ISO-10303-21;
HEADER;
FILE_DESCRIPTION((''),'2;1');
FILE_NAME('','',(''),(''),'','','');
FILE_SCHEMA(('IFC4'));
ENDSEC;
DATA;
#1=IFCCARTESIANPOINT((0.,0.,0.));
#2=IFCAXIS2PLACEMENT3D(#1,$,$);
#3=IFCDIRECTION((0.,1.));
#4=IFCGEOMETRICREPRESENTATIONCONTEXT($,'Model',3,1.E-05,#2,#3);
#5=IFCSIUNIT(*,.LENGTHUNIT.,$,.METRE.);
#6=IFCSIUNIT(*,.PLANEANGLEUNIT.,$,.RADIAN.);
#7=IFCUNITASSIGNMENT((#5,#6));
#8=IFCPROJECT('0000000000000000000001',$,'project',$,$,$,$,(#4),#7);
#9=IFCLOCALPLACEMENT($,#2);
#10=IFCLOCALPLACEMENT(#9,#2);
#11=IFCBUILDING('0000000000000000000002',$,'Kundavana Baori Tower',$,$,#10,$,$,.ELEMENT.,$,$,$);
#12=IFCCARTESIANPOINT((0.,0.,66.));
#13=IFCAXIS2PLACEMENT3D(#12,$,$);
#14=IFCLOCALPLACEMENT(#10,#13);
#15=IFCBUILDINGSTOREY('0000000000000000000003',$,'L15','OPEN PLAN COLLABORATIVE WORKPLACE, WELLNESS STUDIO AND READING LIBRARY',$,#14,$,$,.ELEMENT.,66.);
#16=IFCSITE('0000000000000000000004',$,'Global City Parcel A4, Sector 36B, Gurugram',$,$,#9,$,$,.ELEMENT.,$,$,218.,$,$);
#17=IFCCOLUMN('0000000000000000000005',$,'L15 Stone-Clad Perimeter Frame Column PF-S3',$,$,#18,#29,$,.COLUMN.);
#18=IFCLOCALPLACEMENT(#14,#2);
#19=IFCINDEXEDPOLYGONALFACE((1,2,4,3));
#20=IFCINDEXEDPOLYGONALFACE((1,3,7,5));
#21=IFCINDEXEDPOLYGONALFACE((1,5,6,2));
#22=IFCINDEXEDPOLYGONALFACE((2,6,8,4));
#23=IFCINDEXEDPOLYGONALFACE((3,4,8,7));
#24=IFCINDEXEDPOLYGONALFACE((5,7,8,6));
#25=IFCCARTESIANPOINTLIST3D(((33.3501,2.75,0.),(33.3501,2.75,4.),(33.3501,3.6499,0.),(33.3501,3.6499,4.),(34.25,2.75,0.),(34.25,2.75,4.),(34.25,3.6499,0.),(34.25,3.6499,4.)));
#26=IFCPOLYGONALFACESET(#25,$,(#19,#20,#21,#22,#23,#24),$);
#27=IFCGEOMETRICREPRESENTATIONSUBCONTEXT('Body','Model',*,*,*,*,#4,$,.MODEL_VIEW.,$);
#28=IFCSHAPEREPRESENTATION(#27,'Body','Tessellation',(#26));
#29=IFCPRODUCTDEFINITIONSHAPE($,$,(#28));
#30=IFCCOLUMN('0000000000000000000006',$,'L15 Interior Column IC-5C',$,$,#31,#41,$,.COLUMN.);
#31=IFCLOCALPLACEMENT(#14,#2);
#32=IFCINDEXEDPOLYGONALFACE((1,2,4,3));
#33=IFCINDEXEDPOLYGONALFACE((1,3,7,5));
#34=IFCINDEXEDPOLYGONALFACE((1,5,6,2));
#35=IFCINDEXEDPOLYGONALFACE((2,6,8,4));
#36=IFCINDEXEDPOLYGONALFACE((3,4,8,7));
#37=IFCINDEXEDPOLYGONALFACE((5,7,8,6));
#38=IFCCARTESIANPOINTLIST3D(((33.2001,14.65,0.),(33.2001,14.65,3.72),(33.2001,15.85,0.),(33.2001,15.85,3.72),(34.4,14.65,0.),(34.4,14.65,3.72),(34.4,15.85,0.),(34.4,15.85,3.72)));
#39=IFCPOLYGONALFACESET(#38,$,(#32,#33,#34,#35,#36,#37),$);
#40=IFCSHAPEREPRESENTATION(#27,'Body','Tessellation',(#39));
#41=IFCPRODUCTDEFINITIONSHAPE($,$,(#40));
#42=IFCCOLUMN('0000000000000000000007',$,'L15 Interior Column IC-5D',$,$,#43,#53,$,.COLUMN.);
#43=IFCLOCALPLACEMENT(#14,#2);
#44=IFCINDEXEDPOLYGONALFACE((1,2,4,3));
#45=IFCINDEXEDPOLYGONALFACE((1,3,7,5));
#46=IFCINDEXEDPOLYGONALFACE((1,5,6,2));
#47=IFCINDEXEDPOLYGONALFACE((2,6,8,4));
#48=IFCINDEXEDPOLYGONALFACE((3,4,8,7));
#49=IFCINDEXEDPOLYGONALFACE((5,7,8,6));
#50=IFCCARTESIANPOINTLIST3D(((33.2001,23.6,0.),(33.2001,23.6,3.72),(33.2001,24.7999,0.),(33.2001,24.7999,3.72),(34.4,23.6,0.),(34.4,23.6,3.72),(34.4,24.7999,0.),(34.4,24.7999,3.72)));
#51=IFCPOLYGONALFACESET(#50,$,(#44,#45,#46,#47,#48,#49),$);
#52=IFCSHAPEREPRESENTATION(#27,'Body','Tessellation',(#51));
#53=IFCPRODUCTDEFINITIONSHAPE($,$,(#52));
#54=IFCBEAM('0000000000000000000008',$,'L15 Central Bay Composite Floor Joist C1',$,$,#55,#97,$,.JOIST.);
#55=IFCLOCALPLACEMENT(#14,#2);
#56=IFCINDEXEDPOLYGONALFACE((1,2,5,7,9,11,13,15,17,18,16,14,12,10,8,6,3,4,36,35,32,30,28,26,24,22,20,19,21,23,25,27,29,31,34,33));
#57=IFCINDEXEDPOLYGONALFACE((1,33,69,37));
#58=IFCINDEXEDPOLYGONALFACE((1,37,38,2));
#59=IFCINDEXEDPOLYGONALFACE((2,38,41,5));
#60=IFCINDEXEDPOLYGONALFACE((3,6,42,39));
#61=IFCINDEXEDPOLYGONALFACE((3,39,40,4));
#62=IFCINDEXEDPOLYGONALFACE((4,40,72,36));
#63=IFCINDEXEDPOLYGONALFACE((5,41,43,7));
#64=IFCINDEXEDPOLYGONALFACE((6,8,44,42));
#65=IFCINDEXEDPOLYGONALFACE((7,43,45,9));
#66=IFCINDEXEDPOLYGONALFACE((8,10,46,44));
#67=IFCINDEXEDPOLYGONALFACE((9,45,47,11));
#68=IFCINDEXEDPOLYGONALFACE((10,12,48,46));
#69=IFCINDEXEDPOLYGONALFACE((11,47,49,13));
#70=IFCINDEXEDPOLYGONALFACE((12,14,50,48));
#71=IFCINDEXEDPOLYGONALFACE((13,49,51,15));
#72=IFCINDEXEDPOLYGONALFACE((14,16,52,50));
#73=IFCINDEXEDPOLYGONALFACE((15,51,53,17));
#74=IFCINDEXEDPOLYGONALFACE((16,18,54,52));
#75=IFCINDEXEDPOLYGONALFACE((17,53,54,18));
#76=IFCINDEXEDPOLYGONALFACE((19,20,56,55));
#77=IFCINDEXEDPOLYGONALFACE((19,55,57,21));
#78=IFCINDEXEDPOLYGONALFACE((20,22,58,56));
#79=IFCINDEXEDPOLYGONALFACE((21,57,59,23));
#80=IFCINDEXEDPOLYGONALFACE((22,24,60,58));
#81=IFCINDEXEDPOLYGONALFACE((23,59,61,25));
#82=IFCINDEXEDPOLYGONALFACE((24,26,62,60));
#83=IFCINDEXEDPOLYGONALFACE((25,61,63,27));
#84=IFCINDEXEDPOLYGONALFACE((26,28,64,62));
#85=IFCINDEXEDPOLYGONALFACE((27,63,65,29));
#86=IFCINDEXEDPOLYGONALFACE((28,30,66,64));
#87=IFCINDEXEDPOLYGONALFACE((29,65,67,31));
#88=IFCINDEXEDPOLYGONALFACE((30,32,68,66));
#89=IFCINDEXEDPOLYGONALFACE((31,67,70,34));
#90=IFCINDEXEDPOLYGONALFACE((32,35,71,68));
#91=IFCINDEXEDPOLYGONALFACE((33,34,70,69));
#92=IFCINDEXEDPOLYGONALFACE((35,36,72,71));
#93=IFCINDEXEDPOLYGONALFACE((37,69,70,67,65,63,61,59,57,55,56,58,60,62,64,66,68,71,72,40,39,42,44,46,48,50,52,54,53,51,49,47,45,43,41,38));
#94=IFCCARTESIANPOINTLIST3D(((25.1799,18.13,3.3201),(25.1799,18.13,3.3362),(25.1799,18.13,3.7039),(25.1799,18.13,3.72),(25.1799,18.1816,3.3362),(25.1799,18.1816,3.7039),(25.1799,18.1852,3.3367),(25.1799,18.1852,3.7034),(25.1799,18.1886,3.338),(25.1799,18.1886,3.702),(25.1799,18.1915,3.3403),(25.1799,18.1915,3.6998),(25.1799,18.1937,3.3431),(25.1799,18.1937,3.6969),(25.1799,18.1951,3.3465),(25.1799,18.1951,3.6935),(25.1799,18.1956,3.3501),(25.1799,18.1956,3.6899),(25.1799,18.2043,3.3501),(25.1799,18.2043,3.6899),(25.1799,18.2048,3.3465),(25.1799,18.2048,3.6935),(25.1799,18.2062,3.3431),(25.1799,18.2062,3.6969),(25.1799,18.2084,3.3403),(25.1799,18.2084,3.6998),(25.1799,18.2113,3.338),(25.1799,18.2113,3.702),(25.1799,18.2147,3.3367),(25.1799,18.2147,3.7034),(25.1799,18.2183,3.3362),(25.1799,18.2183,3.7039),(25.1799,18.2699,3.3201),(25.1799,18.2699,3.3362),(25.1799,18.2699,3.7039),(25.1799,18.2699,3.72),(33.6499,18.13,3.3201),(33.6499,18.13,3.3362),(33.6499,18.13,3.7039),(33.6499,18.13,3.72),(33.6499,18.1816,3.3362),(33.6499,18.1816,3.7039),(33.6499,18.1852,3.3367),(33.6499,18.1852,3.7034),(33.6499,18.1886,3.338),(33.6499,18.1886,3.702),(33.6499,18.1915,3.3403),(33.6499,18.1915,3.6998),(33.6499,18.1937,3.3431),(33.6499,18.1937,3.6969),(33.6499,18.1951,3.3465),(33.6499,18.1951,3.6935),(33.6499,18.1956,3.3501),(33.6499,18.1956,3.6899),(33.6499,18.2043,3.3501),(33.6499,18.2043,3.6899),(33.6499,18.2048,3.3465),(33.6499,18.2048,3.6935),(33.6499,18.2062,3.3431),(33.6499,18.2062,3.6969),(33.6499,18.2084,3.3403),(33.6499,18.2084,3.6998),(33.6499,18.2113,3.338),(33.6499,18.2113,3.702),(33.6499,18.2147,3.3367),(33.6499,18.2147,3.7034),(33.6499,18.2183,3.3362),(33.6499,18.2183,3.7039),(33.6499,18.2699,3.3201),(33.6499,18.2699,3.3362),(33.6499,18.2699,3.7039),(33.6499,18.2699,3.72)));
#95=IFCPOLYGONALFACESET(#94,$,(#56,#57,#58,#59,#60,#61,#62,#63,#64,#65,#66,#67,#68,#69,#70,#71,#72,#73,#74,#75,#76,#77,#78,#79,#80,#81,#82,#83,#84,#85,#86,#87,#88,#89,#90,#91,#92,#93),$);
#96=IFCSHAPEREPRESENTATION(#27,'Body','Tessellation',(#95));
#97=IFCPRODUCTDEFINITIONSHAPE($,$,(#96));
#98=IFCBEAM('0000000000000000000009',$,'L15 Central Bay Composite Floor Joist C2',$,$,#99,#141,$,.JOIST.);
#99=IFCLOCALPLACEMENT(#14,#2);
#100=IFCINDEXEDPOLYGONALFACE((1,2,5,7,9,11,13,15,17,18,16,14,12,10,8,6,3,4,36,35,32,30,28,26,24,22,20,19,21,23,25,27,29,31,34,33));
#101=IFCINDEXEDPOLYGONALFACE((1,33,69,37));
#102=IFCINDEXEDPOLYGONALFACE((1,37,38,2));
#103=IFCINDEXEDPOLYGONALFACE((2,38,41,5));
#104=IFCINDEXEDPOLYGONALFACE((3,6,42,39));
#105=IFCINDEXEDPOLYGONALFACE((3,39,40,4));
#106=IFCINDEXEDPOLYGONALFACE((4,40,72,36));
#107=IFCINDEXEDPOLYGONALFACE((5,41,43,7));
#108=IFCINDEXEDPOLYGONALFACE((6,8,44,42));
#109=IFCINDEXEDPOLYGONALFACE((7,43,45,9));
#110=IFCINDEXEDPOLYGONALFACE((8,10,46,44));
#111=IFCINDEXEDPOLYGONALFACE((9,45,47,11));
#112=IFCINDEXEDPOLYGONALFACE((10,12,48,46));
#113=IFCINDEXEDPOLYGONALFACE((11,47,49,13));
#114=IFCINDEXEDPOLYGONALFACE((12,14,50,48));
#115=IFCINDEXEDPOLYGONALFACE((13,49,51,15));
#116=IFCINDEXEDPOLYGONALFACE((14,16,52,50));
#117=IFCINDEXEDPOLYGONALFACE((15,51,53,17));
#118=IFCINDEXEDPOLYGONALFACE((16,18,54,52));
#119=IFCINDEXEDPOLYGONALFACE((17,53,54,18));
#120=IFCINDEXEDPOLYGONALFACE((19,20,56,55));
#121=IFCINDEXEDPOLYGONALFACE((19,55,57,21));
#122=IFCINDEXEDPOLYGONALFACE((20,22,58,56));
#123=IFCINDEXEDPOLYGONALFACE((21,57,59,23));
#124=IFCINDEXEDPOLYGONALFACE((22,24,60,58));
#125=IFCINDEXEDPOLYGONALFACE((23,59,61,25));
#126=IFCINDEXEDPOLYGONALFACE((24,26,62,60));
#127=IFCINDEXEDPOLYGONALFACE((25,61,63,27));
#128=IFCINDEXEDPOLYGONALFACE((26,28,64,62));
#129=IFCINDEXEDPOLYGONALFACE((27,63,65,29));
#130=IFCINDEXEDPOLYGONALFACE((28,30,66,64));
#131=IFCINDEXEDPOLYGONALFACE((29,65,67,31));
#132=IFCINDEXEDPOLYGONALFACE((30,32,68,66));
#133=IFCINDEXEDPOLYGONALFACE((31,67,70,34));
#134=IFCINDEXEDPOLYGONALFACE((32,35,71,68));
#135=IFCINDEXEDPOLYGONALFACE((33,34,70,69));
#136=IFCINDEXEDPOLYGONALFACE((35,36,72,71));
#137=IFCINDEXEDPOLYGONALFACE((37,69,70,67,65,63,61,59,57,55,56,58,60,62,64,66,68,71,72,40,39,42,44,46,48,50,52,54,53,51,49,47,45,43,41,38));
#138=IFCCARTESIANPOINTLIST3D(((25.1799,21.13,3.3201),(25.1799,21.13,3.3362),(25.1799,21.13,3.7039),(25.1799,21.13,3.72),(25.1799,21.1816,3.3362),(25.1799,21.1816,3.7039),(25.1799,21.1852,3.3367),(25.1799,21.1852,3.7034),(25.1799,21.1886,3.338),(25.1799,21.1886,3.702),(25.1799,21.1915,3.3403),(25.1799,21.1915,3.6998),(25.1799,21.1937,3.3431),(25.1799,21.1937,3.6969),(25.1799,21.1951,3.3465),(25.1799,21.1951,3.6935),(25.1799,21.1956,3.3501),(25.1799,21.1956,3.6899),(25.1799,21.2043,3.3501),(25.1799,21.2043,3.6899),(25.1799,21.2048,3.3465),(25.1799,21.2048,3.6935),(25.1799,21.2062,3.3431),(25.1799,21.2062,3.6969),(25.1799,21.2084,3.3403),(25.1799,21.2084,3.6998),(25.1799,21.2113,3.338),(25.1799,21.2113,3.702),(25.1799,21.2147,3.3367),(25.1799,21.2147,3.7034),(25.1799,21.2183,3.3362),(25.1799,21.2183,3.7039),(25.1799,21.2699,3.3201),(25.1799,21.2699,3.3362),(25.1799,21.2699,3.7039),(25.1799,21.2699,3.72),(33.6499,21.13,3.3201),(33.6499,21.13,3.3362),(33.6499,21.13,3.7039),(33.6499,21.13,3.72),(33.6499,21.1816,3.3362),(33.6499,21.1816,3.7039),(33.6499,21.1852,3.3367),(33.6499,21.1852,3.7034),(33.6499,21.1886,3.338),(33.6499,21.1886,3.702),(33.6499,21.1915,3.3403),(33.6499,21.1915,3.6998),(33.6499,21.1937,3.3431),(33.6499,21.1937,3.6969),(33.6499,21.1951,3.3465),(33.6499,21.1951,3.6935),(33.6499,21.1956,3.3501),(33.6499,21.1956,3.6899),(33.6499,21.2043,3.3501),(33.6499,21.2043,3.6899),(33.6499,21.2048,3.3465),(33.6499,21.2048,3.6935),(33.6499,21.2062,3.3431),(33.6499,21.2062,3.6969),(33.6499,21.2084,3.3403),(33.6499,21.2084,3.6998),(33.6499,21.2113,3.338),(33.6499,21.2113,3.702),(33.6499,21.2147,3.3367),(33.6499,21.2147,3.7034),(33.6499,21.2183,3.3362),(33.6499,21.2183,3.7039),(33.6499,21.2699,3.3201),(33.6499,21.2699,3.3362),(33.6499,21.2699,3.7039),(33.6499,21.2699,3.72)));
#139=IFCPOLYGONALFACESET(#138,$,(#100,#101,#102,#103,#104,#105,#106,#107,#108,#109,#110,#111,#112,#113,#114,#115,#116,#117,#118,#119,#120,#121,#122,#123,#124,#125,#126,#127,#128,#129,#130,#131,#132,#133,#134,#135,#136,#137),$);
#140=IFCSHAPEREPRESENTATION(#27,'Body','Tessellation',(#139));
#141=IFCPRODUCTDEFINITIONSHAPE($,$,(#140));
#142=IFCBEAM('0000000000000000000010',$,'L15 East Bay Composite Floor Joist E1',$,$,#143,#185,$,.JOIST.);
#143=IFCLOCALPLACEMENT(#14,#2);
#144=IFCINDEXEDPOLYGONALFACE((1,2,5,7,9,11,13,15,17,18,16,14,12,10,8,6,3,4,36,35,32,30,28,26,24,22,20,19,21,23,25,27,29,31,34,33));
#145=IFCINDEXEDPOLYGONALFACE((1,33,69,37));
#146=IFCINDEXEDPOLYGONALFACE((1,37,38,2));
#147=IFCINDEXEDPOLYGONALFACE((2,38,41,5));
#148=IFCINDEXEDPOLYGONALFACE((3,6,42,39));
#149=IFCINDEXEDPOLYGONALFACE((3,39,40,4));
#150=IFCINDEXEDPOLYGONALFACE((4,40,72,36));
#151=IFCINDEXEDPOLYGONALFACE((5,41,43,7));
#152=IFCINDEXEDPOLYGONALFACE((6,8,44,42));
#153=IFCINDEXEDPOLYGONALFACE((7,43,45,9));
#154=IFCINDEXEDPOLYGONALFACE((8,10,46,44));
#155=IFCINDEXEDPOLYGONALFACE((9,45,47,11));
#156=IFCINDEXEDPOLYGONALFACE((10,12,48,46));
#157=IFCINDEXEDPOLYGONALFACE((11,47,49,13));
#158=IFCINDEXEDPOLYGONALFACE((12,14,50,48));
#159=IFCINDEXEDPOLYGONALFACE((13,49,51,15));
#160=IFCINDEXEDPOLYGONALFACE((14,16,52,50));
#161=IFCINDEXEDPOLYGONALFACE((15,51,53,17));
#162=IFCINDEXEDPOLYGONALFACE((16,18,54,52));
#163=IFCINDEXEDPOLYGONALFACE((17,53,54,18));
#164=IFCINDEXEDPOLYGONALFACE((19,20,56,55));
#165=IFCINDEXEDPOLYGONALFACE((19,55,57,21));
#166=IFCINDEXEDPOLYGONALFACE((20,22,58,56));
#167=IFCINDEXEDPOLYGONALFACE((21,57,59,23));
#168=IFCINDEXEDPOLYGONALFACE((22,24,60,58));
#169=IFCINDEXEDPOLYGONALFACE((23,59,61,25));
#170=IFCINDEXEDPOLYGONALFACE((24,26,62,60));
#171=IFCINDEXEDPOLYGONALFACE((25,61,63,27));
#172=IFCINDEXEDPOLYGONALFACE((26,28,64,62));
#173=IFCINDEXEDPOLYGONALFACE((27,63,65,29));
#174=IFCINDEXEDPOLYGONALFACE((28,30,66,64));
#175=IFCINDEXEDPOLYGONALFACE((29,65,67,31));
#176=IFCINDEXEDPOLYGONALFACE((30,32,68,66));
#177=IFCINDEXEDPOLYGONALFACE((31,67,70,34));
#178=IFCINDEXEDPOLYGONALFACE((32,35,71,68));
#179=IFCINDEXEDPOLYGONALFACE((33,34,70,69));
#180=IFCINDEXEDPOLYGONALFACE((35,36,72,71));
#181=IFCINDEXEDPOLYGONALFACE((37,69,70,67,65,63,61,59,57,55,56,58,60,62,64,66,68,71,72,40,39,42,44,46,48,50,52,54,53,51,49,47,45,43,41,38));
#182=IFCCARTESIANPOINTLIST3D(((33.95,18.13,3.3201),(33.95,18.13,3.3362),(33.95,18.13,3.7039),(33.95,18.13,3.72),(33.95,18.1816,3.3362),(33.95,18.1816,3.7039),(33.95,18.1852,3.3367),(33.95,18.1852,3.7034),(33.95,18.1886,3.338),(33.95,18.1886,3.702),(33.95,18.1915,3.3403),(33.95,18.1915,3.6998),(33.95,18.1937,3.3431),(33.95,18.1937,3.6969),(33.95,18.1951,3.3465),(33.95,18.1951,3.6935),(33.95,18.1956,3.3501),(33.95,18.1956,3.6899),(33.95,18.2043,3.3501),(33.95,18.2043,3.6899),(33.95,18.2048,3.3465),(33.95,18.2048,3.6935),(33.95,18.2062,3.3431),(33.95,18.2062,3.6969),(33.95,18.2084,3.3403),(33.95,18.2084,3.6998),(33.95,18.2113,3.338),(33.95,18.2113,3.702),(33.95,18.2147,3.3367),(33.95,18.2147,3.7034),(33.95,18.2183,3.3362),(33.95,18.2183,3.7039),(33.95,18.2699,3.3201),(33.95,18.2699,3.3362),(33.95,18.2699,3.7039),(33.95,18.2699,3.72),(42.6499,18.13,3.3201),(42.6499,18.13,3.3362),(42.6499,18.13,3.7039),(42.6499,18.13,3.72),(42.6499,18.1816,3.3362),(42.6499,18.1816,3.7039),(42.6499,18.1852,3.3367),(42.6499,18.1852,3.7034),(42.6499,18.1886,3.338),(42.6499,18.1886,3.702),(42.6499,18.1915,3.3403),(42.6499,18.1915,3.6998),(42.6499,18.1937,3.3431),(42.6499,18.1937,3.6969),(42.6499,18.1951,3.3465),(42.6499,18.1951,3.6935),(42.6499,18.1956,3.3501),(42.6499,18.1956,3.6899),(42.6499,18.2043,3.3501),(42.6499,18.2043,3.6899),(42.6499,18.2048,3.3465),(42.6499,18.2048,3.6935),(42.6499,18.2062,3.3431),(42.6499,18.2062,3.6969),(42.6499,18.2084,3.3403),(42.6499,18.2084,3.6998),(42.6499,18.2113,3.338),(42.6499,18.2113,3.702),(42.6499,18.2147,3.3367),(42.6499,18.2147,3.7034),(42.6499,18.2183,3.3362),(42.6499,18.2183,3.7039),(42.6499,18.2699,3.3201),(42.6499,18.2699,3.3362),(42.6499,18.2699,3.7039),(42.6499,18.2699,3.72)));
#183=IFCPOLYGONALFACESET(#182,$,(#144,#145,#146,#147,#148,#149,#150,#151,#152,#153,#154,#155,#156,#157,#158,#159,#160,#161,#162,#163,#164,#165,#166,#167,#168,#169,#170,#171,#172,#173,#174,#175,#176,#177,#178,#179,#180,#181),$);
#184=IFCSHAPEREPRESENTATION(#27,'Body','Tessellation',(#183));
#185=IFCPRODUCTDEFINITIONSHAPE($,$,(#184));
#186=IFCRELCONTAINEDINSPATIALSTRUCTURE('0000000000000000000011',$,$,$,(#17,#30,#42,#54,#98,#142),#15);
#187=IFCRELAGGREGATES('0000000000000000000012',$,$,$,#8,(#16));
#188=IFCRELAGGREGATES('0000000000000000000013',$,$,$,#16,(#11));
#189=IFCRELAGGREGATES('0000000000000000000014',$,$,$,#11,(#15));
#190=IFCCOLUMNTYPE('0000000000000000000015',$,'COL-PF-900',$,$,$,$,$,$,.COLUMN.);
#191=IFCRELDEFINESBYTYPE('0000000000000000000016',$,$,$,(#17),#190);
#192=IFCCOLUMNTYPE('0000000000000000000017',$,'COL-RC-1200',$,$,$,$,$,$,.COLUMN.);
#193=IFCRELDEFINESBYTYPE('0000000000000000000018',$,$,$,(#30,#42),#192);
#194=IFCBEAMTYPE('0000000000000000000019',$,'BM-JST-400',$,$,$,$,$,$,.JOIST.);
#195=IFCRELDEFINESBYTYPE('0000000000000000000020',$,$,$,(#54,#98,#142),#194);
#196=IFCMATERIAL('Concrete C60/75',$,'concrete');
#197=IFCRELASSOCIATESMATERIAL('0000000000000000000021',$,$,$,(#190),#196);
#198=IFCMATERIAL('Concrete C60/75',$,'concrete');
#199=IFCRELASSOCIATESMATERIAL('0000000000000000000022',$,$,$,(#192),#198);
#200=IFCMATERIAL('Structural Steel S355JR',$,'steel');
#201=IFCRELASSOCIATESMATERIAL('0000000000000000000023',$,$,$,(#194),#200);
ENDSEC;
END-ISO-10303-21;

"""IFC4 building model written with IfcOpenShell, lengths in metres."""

from ifc_helpers import new_model, si_unit, direction, frame, origin, origin_2d, place, context, subcontext, project, spatial, rectangle, i_section, extrude, material, material_profile, profile_set, type_object, element, save


model = new_model("IFC4")

# Units and contexts
model_context = context("Model", 3, precision=1e-05, world=origin(), true_north=direction((0.0, 1.0)))
body_context = subcontext(model_context, "Body", "Model", "MODEL_VIEW")
ifc_project = project(units=[si_unit("LENGTHUNIT", "METRE"), si_unit("PLANEANGLEUNIT", "RADIAN")], contexts=[model_context])

# Site, building, storey
site_placement = place(None, origin())
site = spatial("IfcSite", under=ifc_project, at=site_placement, Name="Global City Parcel A4, Sector 36B, Gurugram", CompositionType="ELEMENT", RefElevation=218.0)
building_placement = place(site_placement, origin())
building = spatial("IfcBuilding", under=site, at=building_placement, Name="Kundavana Baori Tower", CompositionType="ELEMENT")
storey_placement = place(building_placement, frame((0.0, 0.0, 66.0)))
storey = spatial("IfcBuildingStorey", under=building, at=storey_placement, Name="L15", Description="OPEN PLAN COLLABORATIVE WORKPLACE, WELLNESS STUDIO AND READING LIBRARY", CompositionType="ELEMENT", Elevation=66.0)

# Columns
ifc_material_1 = material(Name="Concrete C60/75", Category="concrete")
ifc_material_profile_1 = material_profile(ifc_material_1, rectangle(XDim=0.8999, YDim=0.8999, at=origin_2d()), Name="RC PF 900x900")
ifc_profile_set_1 = profile_set([ifc_material_profile_1], Name="Concrete C60/75")
column_type_1 = type_object("IfcColumnType", Name="COL-PF-900", PredefinedType="COLUMN", material=ifc_profile_set_1)
column_placement = place(storey_placement, frame((33.8, 3.2, 0.0), z_axis=(0.0, 0.0, 1.0), x_axis=(1.0, 0.0, 0.0)))
element("IfcColumn", 1, at=column_placement, inside=storey, type_object=column_type_1, Name="L15 Stone-Clad Perimeter Frame Column PF-S3", PredefinedType="COLUMN", context=body_context, shape_type="SweptSolid", body=[
    extrude(rectangle(XDim=0.8999, YDim=0.8999, at=origin_2d()), origin(), (0.0, 0.0, 1.0), 4.0),
])
ifc_material_2 = material(Name="Concrete C60/75", Category="concrete")
ifc_material_profile_2 = material_profile(ifc_material_2, rectangle(XDim=1.2, YDim=1.2, at=origin_2d()), Name="RC 1200x1200")
ifc_profile_set_2 = profile_set([ifc_material_profile_2], Name="Concrete C60/75")
column_type_2 = type_object("IfcColumnType", Name="COL-RC-1200", PredefinedType="COLUMN", material=ifc_profile_set_2)
for number, where, z_axis, x_axis, name in (
    (2, (33.8, 15.25, 0.0), (0.0, 0.0, 1.0), (1.0, 0.0, 0.0), "L15 Interior Column IC-5C"),
    (3, (33.8, 24.2, 0.0), (0.0, 0.0, 1.0), (1.0, 0.0, 0.0), "L15 Interior Column IC-5D"),
):
    element("IfcColumn", number, at=place(storey_placement, frame(where, z_axis=z_axis, x_axis=x_axis)), inside=storey, type_object=column_type_2, Name=name, PredefinedType="COLUMN", context=body_context, shape_type="SweptSolid", body=[
        extrude(rectangle(XDim=1.2, YDim=1.2, at=origin_2d()), origin(), (0.0, 0.0, 1.0), 3.72),
    ])

# Beams
ifc_material_3 = material(Name="Structural Steel S355JR", Category="steel")
ifc_material_profile_3 = material_profile(ifc_material_3, i_section(OverallWidth=0.1399, OverallDepth=0.3999, WebThickness=0.0088, FlangeThickness=0.0161, FilletRadius=0.0139, at=origin_2d()), Name="ISMB 400")
ifc_profile_set_3 = profile_set([ifc_material_profile_3], Name="Structural Steel S355JR")
beam_type_1 = type_object("IfcBeamType", Name="BM-JST-400", PredefinedType="JOIST", material=ifc_profile_set_3)
for number, where, z_axis, x_axis, name in (
    (4, (25.1799, 18.2, 3.52), (1.0, 0.0, 0.0), (0.0, 1.0, 0.0), "L15 Central Bay Composite Floor Joist C1"),
    (5, (25.1799, 21.2, 3.52), (1.0, 0.0, 0.0), (0.0, 1.0, 0.0), "L15 Central Bay Composite Floor Joist C2"),
):
    element("IfcBeam", number, at=place(storey_placement, frame(where, z_axis=z_axis, x_axis=x_axis)), inside=storey, type_object=beam_type_1, Name=name, PredefinedType="JOIST", context=body_context, shape_type="SweptSolid", body=[
        extrude(i_section(OverallWidth=0.1399, OverallDepth=0.3999, WebThickness=0.0088, FlangeThickness=0.0161, FilletRadius=0.0139, at=origin_2d()), origin(), (0.0, 0.0, 1.0), 8.47),
    ])
for number, where, z_axis, x_axis, name in (
    (6, (33.95, 18.2, 3.52), (1.0, 0.0, 0.0), (0.0, 1.0, 0.0), "L15 East Bay Composite Floor Joist E1"),
):
    element("IfcBeam", number, at=place(storey_placement, frame(where, z_axis=z_axis, x_axis=x_axis)), inside=storey, type_object=beam_type_1, Name=name, PredefinedType="JOIST", context=body_context, shape_type="SweptSolid", body=[
        extrude(i_section(OverallWidth=0.1399, OverallDepth=0.3999, WebThickness=0.0088, FlangeThickness=0.0161, FilletRadius=0.0139, at=origin_2d()), origin(), (0.0, 0.0, 1.0), 8.7),
    ])

save(model, "model.ifc")
